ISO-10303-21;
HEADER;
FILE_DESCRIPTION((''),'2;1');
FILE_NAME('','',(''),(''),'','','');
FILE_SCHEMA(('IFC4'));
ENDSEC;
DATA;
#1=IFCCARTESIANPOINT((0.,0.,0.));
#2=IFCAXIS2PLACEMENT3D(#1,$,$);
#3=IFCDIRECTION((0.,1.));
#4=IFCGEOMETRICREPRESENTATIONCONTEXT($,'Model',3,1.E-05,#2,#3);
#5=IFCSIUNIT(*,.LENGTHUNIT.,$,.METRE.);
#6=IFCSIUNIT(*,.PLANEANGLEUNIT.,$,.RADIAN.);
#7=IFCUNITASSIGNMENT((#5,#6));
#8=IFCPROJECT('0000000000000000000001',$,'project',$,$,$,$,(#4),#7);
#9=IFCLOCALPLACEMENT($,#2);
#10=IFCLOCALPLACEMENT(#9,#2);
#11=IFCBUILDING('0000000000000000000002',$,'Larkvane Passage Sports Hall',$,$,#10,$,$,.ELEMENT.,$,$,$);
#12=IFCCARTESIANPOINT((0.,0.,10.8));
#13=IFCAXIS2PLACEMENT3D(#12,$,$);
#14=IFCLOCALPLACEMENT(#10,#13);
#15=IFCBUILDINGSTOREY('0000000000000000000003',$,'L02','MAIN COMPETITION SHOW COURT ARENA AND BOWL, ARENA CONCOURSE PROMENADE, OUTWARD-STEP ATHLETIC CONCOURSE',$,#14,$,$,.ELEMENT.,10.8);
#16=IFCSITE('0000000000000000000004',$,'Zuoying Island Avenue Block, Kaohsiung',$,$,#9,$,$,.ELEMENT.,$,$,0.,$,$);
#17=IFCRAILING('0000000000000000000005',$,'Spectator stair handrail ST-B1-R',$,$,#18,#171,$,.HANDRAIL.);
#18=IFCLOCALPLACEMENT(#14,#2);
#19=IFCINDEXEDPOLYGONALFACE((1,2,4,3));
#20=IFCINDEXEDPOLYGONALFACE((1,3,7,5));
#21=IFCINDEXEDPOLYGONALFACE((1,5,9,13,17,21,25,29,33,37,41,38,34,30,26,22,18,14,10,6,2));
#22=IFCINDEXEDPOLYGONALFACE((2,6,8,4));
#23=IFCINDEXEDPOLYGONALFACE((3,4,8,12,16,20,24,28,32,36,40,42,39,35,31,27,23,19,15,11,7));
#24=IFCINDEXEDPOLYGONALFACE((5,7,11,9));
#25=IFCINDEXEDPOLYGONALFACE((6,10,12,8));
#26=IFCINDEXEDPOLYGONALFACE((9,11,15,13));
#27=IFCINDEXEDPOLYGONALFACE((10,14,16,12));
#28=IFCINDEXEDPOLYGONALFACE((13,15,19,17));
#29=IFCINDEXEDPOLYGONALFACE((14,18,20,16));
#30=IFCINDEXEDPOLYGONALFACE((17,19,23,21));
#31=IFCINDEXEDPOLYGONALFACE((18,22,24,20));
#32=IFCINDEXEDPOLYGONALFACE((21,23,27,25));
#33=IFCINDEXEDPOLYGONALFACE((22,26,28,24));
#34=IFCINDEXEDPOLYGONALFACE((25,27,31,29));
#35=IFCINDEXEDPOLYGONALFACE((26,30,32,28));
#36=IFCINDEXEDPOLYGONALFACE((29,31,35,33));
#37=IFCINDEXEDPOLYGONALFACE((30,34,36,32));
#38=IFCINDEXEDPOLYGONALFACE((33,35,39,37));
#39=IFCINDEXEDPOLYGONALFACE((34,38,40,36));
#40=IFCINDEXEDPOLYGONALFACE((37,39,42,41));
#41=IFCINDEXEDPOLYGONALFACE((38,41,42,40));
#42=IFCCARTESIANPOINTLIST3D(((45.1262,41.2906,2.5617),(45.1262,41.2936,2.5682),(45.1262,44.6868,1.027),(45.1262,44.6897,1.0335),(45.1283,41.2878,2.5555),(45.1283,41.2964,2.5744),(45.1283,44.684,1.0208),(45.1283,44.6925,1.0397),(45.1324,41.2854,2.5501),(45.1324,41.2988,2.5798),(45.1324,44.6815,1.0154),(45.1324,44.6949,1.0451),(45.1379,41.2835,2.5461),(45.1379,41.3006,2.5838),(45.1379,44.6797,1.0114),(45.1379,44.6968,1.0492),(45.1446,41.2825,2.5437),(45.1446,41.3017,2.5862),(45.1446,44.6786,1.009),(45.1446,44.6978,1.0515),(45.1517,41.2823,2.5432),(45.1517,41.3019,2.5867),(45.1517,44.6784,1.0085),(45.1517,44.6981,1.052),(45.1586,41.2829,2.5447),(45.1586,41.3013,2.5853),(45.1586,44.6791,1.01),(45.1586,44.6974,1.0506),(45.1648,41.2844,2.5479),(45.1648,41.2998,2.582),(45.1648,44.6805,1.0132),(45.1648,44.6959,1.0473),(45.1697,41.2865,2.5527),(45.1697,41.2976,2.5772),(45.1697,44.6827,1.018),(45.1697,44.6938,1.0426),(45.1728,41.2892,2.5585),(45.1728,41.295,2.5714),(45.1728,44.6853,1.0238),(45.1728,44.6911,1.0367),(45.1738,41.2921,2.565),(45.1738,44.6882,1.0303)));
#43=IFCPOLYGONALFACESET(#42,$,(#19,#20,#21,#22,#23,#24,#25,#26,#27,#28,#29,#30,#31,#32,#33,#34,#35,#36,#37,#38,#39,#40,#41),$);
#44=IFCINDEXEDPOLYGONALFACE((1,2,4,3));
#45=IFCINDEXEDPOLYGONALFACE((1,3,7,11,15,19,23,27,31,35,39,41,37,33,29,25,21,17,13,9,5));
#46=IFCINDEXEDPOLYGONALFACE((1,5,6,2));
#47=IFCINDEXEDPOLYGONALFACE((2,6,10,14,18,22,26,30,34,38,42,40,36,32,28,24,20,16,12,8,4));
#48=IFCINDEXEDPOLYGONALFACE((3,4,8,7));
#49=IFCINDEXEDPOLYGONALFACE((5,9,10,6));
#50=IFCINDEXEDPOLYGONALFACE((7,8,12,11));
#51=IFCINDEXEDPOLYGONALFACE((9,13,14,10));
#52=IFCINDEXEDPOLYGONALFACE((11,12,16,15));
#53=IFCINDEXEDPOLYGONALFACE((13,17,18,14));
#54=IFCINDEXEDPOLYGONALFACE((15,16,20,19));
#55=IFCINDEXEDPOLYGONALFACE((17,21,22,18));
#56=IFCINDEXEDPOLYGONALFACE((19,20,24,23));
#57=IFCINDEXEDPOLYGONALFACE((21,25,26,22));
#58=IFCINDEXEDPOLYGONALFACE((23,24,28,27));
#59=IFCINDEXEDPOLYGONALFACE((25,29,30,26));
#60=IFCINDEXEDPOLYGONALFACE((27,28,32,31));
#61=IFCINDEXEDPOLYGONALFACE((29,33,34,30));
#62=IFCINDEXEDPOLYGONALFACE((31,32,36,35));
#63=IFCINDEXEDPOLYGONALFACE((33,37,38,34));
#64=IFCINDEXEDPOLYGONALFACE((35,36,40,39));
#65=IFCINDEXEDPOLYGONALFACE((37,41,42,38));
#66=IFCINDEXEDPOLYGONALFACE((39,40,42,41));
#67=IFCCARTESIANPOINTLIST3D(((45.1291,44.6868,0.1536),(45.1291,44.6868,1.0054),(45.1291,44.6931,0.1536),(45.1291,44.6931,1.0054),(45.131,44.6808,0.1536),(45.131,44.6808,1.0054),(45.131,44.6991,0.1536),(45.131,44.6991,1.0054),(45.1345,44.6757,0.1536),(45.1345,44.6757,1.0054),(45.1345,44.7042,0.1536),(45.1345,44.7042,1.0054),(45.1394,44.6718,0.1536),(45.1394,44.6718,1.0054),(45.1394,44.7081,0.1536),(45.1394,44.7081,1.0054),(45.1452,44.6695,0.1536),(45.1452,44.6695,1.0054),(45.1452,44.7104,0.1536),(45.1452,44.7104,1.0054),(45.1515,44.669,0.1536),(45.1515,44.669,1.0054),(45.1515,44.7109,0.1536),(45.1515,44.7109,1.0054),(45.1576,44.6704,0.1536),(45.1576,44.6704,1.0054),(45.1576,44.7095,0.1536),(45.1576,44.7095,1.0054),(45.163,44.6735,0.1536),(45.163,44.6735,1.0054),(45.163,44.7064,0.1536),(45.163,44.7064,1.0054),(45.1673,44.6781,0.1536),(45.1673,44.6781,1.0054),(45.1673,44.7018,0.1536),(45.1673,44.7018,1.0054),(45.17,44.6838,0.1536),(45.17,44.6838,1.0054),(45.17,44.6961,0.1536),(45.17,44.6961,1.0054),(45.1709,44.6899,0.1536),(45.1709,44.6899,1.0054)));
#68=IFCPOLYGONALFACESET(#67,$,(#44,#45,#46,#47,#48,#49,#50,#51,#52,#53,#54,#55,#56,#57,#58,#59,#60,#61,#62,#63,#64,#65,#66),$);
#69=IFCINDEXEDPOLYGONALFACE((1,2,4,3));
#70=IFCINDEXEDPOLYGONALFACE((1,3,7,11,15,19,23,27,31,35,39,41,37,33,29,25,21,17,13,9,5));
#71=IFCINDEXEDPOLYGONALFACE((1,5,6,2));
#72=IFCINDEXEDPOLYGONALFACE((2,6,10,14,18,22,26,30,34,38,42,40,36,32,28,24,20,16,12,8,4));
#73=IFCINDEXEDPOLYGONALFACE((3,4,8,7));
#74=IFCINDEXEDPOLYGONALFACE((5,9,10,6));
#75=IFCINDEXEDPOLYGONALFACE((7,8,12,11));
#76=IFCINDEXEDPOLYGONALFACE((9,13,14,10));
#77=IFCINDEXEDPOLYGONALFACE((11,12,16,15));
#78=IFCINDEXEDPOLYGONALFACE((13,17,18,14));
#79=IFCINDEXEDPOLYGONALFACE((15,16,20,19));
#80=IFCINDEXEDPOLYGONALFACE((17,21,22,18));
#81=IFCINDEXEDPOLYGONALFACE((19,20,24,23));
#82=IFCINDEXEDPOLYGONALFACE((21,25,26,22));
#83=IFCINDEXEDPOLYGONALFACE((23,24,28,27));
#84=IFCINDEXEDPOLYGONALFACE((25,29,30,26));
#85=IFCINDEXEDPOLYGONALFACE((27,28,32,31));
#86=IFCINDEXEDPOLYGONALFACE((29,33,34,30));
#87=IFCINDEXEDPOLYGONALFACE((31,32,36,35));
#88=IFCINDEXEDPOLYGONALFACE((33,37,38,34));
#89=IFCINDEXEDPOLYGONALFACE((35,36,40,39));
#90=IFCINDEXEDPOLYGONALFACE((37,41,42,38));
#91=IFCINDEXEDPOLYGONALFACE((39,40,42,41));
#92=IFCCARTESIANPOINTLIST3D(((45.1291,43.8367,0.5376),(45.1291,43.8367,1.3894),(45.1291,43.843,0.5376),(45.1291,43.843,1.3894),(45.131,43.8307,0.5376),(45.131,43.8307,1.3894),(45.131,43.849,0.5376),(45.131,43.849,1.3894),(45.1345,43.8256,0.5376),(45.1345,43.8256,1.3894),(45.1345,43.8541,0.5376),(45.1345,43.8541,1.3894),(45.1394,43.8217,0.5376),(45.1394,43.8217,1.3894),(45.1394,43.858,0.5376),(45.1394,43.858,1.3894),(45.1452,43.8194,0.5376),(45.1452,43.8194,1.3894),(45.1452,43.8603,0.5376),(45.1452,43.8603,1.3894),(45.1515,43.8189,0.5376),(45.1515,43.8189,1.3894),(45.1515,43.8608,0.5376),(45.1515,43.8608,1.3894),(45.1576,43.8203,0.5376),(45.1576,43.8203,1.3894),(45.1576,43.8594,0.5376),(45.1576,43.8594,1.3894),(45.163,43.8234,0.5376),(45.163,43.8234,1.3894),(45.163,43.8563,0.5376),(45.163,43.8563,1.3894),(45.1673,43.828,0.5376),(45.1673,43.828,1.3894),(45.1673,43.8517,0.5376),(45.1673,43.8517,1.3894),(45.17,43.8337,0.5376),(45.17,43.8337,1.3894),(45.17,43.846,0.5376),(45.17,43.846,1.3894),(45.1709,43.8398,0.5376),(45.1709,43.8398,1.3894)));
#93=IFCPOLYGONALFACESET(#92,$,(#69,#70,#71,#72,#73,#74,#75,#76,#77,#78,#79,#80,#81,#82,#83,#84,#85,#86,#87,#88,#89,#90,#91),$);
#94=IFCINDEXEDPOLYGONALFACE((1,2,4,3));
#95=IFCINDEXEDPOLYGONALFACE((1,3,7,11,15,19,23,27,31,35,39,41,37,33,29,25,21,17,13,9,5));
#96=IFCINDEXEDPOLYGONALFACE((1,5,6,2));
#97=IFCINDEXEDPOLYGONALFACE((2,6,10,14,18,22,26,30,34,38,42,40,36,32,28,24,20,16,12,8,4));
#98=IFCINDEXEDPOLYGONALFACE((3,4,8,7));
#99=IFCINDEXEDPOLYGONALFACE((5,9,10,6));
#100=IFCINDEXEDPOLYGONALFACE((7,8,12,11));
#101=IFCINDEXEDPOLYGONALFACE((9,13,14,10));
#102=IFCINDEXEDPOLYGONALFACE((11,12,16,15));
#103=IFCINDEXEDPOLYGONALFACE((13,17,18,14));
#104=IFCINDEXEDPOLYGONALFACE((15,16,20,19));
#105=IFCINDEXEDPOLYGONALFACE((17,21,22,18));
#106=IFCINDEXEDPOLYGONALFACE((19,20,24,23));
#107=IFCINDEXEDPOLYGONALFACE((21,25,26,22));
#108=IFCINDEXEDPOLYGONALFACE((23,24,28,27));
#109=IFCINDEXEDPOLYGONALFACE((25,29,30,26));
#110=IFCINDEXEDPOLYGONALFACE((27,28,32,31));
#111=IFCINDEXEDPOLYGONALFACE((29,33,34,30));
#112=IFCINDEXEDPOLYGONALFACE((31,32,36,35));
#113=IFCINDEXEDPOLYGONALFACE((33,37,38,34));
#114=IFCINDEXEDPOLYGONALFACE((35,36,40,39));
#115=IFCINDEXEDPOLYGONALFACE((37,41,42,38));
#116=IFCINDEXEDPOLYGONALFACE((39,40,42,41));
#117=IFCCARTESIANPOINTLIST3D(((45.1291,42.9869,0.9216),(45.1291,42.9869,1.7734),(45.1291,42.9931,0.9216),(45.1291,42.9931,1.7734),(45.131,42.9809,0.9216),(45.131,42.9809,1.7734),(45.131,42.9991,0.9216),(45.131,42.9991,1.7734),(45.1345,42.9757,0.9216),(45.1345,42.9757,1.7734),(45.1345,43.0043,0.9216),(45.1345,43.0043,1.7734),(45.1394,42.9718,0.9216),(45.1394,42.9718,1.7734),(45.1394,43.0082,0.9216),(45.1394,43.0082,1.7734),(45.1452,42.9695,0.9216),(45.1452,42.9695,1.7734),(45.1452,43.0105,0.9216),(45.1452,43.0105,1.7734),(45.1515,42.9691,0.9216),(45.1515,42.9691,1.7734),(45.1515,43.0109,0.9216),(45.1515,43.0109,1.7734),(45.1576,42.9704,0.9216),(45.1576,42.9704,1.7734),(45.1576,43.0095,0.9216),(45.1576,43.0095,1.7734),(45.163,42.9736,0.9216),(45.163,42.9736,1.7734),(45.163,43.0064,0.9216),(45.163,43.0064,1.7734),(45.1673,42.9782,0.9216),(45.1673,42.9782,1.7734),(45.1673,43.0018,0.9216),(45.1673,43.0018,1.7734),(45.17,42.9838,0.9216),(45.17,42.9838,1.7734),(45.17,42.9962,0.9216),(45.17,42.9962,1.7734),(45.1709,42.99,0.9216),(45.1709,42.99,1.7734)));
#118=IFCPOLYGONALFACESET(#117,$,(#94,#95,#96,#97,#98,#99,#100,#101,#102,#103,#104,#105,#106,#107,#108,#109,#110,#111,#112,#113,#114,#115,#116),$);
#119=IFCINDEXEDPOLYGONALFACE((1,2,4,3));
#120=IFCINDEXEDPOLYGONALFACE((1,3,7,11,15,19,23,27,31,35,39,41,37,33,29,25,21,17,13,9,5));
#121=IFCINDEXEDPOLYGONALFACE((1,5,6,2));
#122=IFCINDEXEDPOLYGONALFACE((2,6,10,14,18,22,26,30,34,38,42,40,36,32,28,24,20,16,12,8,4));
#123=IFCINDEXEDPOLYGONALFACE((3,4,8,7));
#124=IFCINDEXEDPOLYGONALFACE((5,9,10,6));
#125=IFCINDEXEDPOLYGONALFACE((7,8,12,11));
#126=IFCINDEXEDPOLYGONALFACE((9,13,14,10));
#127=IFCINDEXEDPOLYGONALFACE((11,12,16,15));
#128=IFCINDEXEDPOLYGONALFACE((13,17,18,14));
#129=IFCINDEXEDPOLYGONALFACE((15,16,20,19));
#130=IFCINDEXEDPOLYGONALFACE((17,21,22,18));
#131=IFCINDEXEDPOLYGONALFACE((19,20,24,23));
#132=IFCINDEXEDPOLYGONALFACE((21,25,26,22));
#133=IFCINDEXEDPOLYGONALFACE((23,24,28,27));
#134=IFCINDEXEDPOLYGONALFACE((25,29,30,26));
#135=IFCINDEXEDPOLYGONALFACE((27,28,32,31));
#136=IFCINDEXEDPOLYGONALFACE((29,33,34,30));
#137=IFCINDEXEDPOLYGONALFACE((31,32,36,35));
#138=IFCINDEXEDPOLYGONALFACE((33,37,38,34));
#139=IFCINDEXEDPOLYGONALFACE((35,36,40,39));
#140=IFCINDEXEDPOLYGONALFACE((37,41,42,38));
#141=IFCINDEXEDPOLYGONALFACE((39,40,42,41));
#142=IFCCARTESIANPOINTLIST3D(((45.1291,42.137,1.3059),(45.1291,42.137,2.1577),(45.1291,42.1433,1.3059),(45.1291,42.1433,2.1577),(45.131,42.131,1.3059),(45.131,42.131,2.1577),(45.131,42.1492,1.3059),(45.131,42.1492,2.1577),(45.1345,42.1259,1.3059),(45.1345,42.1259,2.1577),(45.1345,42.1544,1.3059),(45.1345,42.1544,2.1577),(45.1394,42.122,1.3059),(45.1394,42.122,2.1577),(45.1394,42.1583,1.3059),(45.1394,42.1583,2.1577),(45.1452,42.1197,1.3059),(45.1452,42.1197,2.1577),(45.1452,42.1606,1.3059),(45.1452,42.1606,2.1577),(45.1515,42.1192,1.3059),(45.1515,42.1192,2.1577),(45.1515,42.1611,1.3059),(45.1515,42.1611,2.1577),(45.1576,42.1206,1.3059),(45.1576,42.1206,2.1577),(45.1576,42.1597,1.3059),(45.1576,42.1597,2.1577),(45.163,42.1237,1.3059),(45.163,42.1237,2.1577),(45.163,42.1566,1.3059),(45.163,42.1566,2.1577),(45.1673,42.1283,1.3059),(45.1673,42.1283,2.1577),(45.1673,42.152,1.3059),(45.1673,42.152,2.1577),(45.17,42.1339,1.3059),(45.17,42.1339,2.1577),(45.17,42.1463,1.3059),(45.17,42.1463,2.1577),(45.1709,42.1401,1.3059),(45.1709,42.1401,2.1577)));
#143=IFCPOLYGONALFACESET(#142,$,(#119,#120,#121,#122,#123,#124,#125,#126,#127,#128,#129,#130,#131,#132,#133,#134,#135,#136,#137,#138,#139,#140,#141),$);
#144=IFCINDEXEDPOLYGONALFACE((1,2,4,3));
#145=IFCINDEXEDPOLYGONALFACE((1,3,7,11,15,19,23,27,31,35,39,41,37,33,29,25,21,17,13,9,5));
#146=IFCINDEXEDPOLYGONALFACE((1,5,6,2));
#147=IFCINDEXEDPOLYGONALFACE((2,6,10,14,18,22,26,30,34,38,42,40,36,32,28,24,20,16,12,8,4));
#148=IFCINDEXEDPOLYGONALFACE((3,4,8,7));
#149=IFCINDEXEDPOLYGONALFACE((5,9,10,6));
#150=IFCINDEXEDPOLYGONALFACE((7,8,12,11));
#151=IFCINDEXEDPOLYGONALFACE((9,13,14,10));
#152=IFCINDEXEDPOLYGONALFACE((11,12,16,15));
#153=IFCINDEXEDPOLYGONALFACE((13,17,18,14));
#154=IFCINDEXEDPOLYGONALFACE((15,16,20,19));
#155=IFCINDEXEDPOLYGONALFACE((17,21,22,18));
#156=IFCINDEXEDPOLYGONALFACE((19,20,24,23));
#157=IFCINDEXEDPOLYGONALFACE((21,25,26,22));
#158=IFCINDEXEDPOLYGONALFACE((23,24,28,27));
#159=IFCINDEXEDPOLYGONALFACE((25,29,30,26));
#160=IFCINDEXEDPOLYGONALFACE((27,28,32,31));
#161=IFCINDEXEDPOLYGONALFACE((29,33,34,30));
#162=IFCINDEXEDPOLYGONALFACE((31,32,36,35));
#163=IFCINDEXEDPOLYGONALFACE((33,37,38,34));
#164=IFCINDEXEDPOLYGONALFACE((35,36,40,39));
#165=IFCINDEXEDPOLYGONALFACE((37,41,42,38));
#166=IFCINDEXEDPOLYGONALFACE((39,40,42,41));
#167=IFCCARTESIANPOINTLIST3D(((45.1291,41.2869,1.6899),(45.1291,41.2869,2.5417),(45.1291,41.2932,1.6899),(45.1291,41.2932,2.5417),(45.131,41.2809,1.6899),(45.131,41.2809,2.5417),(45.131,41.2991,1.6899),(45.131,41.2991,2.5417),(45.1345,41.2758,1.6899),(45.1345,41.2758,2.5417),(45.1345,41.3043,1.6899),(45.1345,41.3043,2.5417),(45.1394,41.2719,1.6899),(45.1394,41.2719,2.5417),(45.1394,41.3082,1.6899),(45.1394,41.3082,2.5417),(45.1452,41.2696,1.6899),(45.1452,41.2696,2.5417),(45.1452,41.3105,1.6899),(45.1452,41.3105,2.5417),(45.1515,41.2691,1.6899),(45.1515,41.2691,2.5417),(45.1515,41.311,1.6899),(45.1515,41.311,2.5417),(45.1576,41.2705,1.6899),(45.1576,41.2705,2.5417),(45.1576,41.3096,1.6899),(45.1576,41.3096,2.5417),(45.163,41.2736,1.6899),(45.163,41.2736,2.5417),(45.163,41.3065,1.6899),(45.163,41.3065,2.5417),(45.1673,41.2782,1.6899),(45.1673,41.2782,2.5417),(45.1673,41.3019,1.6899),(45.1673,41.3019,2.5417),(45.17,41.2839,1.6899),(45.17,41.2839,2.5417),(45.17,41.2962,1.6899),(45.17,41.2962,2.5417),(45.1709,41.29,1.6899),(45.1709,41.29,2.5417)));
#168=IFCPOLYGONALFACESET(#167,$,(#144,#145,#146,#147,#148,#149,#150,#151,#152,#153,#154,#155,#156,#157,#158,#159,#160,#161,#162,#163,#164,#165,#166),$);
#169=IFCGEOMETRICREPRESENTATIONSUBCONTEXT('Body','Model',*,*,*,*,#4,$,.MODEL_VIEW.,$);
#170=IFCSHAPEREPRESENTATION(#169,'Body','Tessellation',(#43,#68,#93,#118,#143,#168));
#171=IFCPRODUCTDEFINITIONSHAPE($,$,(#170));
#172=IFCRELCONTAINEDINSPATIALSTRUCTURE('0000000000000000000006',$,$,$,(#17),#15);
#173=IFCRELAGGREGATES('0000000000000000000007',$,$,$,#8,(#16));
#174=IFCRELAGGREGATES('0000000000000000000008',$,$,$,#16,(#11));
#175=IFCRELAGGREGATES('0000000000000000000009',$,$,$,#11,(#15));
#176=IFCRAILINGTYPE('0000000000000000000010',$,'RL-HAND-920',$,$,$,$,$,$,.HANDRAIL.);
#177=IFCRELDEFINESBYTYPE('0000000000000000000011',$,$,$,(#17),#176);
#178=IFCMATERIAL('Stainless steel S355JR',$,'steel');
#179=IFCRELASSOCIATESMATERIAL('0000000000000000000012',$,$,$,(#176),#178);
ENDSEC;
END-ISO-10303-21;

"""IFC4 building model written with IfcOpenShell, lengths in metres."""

from ifc_helpers import new_model, si_unit, direction, frame, origin, origin_2d, place, context, subcontext, project, spatial, circle, extrude, material, type_object, element, save


model = new_model("IFC4")

# Units and contexts
model_context = context("Model", 3, precision=1e-05, world=origin(), true_north=direction((0.0, 1.0)))
body_context = subcontext(model_context, "Body", "Model", "MODEL_VIEW")
ifc_project = project(units=[si_unit("LENGTHUNIT", "METRE"), si_unit("PLANEANGLEUNIT", "RADIAN")], contexts=[model_context])

# Site, building, storey
site_placement = place(None, origin())
site = spatial("IfcSite", under=ifc_project, at=site_placement, Name="Zuoying Island Avenue Block, Kaohsiung", CompositionType="ELEMENT", RefElevation=0.0)
building_placement = place(site_placement, origin())
building = spatial("IfcBuilding", under=site, at=building_placement, Name="Larkvane Passage Sports Hall", CompositionType="ELEMENT")
storey_placement = place(building_placement, frame((0.0, 0.0, 10.8)))
storey = spatial("IfcBuildingStorey", under=building, at=storey_placement, Name="L02", Description="MAIN COMPETITION SHOW COURT ARENA AND BOWL, ARENA CONCOURSE PROMENADE, OUTWARD-STEP ATHLETIC CONCOURSE", CompositionType="ELEMENT", Elevation=10.8)

# Railing
ifc_material_1 = material(Name="Stainless steel S355JR", Category="steel")
railing_type = type_object("IfcRailingType", Name="RL-HAND-920", PredefinedType="HANDRAIL", material=ifc_material_1)
for number, where, name in (
    (1, (45.1499, 44.6899, 0.1536), "Spectator stair handrail ST-B1-R"),
):
    element("IfcRailing", number, at=place(storey_placement, frame(where)), inside=storey, type_object=railing_type, Name=name, PredefinedType="HANDRAIL", context=body_context, shape_type="SweptSolid", body=[
        extrude(circle(Radius=0.0239, at=origin_2d()), frame((0.0, -0.0017, 0.8767), z_axis=(0.0, -0.911276, 0.411795), x_axis=(1.0, 0.0, 0.0)), (0.0, 0.0, 1.0), 3.7268),
        extrude(circle(Radius=0.021, at=origin_2d()), origin(), (0.0, 0.0, 1.0), 0.8518),
        extrude(circle(Radius=0.021, at=origin_2d()), frame((0.0, -0.8501, 0.384)), (0.0, 0.0, 1.0), 0.8518),
        extrude(circle(Radius=0.021, at=origin_2d()), frame((0.0, -1.7, 0.7681)), (0.0, 0.0, 1.0), 0.8518),
        extrude(circle(Radius=0.021, at=origin_2d()), frame((0.0, -2.5498, 1.1523)), (0.0, 0.0, 1.0), 0.8518),
        extrude(circle(Radius=0.021, at=origin_2d()), frame((0.0, -3.3999, 1.5364)), (0.0, 0.0, 1.0), 0.8518),
    ])

save(model, "model.ifc")
